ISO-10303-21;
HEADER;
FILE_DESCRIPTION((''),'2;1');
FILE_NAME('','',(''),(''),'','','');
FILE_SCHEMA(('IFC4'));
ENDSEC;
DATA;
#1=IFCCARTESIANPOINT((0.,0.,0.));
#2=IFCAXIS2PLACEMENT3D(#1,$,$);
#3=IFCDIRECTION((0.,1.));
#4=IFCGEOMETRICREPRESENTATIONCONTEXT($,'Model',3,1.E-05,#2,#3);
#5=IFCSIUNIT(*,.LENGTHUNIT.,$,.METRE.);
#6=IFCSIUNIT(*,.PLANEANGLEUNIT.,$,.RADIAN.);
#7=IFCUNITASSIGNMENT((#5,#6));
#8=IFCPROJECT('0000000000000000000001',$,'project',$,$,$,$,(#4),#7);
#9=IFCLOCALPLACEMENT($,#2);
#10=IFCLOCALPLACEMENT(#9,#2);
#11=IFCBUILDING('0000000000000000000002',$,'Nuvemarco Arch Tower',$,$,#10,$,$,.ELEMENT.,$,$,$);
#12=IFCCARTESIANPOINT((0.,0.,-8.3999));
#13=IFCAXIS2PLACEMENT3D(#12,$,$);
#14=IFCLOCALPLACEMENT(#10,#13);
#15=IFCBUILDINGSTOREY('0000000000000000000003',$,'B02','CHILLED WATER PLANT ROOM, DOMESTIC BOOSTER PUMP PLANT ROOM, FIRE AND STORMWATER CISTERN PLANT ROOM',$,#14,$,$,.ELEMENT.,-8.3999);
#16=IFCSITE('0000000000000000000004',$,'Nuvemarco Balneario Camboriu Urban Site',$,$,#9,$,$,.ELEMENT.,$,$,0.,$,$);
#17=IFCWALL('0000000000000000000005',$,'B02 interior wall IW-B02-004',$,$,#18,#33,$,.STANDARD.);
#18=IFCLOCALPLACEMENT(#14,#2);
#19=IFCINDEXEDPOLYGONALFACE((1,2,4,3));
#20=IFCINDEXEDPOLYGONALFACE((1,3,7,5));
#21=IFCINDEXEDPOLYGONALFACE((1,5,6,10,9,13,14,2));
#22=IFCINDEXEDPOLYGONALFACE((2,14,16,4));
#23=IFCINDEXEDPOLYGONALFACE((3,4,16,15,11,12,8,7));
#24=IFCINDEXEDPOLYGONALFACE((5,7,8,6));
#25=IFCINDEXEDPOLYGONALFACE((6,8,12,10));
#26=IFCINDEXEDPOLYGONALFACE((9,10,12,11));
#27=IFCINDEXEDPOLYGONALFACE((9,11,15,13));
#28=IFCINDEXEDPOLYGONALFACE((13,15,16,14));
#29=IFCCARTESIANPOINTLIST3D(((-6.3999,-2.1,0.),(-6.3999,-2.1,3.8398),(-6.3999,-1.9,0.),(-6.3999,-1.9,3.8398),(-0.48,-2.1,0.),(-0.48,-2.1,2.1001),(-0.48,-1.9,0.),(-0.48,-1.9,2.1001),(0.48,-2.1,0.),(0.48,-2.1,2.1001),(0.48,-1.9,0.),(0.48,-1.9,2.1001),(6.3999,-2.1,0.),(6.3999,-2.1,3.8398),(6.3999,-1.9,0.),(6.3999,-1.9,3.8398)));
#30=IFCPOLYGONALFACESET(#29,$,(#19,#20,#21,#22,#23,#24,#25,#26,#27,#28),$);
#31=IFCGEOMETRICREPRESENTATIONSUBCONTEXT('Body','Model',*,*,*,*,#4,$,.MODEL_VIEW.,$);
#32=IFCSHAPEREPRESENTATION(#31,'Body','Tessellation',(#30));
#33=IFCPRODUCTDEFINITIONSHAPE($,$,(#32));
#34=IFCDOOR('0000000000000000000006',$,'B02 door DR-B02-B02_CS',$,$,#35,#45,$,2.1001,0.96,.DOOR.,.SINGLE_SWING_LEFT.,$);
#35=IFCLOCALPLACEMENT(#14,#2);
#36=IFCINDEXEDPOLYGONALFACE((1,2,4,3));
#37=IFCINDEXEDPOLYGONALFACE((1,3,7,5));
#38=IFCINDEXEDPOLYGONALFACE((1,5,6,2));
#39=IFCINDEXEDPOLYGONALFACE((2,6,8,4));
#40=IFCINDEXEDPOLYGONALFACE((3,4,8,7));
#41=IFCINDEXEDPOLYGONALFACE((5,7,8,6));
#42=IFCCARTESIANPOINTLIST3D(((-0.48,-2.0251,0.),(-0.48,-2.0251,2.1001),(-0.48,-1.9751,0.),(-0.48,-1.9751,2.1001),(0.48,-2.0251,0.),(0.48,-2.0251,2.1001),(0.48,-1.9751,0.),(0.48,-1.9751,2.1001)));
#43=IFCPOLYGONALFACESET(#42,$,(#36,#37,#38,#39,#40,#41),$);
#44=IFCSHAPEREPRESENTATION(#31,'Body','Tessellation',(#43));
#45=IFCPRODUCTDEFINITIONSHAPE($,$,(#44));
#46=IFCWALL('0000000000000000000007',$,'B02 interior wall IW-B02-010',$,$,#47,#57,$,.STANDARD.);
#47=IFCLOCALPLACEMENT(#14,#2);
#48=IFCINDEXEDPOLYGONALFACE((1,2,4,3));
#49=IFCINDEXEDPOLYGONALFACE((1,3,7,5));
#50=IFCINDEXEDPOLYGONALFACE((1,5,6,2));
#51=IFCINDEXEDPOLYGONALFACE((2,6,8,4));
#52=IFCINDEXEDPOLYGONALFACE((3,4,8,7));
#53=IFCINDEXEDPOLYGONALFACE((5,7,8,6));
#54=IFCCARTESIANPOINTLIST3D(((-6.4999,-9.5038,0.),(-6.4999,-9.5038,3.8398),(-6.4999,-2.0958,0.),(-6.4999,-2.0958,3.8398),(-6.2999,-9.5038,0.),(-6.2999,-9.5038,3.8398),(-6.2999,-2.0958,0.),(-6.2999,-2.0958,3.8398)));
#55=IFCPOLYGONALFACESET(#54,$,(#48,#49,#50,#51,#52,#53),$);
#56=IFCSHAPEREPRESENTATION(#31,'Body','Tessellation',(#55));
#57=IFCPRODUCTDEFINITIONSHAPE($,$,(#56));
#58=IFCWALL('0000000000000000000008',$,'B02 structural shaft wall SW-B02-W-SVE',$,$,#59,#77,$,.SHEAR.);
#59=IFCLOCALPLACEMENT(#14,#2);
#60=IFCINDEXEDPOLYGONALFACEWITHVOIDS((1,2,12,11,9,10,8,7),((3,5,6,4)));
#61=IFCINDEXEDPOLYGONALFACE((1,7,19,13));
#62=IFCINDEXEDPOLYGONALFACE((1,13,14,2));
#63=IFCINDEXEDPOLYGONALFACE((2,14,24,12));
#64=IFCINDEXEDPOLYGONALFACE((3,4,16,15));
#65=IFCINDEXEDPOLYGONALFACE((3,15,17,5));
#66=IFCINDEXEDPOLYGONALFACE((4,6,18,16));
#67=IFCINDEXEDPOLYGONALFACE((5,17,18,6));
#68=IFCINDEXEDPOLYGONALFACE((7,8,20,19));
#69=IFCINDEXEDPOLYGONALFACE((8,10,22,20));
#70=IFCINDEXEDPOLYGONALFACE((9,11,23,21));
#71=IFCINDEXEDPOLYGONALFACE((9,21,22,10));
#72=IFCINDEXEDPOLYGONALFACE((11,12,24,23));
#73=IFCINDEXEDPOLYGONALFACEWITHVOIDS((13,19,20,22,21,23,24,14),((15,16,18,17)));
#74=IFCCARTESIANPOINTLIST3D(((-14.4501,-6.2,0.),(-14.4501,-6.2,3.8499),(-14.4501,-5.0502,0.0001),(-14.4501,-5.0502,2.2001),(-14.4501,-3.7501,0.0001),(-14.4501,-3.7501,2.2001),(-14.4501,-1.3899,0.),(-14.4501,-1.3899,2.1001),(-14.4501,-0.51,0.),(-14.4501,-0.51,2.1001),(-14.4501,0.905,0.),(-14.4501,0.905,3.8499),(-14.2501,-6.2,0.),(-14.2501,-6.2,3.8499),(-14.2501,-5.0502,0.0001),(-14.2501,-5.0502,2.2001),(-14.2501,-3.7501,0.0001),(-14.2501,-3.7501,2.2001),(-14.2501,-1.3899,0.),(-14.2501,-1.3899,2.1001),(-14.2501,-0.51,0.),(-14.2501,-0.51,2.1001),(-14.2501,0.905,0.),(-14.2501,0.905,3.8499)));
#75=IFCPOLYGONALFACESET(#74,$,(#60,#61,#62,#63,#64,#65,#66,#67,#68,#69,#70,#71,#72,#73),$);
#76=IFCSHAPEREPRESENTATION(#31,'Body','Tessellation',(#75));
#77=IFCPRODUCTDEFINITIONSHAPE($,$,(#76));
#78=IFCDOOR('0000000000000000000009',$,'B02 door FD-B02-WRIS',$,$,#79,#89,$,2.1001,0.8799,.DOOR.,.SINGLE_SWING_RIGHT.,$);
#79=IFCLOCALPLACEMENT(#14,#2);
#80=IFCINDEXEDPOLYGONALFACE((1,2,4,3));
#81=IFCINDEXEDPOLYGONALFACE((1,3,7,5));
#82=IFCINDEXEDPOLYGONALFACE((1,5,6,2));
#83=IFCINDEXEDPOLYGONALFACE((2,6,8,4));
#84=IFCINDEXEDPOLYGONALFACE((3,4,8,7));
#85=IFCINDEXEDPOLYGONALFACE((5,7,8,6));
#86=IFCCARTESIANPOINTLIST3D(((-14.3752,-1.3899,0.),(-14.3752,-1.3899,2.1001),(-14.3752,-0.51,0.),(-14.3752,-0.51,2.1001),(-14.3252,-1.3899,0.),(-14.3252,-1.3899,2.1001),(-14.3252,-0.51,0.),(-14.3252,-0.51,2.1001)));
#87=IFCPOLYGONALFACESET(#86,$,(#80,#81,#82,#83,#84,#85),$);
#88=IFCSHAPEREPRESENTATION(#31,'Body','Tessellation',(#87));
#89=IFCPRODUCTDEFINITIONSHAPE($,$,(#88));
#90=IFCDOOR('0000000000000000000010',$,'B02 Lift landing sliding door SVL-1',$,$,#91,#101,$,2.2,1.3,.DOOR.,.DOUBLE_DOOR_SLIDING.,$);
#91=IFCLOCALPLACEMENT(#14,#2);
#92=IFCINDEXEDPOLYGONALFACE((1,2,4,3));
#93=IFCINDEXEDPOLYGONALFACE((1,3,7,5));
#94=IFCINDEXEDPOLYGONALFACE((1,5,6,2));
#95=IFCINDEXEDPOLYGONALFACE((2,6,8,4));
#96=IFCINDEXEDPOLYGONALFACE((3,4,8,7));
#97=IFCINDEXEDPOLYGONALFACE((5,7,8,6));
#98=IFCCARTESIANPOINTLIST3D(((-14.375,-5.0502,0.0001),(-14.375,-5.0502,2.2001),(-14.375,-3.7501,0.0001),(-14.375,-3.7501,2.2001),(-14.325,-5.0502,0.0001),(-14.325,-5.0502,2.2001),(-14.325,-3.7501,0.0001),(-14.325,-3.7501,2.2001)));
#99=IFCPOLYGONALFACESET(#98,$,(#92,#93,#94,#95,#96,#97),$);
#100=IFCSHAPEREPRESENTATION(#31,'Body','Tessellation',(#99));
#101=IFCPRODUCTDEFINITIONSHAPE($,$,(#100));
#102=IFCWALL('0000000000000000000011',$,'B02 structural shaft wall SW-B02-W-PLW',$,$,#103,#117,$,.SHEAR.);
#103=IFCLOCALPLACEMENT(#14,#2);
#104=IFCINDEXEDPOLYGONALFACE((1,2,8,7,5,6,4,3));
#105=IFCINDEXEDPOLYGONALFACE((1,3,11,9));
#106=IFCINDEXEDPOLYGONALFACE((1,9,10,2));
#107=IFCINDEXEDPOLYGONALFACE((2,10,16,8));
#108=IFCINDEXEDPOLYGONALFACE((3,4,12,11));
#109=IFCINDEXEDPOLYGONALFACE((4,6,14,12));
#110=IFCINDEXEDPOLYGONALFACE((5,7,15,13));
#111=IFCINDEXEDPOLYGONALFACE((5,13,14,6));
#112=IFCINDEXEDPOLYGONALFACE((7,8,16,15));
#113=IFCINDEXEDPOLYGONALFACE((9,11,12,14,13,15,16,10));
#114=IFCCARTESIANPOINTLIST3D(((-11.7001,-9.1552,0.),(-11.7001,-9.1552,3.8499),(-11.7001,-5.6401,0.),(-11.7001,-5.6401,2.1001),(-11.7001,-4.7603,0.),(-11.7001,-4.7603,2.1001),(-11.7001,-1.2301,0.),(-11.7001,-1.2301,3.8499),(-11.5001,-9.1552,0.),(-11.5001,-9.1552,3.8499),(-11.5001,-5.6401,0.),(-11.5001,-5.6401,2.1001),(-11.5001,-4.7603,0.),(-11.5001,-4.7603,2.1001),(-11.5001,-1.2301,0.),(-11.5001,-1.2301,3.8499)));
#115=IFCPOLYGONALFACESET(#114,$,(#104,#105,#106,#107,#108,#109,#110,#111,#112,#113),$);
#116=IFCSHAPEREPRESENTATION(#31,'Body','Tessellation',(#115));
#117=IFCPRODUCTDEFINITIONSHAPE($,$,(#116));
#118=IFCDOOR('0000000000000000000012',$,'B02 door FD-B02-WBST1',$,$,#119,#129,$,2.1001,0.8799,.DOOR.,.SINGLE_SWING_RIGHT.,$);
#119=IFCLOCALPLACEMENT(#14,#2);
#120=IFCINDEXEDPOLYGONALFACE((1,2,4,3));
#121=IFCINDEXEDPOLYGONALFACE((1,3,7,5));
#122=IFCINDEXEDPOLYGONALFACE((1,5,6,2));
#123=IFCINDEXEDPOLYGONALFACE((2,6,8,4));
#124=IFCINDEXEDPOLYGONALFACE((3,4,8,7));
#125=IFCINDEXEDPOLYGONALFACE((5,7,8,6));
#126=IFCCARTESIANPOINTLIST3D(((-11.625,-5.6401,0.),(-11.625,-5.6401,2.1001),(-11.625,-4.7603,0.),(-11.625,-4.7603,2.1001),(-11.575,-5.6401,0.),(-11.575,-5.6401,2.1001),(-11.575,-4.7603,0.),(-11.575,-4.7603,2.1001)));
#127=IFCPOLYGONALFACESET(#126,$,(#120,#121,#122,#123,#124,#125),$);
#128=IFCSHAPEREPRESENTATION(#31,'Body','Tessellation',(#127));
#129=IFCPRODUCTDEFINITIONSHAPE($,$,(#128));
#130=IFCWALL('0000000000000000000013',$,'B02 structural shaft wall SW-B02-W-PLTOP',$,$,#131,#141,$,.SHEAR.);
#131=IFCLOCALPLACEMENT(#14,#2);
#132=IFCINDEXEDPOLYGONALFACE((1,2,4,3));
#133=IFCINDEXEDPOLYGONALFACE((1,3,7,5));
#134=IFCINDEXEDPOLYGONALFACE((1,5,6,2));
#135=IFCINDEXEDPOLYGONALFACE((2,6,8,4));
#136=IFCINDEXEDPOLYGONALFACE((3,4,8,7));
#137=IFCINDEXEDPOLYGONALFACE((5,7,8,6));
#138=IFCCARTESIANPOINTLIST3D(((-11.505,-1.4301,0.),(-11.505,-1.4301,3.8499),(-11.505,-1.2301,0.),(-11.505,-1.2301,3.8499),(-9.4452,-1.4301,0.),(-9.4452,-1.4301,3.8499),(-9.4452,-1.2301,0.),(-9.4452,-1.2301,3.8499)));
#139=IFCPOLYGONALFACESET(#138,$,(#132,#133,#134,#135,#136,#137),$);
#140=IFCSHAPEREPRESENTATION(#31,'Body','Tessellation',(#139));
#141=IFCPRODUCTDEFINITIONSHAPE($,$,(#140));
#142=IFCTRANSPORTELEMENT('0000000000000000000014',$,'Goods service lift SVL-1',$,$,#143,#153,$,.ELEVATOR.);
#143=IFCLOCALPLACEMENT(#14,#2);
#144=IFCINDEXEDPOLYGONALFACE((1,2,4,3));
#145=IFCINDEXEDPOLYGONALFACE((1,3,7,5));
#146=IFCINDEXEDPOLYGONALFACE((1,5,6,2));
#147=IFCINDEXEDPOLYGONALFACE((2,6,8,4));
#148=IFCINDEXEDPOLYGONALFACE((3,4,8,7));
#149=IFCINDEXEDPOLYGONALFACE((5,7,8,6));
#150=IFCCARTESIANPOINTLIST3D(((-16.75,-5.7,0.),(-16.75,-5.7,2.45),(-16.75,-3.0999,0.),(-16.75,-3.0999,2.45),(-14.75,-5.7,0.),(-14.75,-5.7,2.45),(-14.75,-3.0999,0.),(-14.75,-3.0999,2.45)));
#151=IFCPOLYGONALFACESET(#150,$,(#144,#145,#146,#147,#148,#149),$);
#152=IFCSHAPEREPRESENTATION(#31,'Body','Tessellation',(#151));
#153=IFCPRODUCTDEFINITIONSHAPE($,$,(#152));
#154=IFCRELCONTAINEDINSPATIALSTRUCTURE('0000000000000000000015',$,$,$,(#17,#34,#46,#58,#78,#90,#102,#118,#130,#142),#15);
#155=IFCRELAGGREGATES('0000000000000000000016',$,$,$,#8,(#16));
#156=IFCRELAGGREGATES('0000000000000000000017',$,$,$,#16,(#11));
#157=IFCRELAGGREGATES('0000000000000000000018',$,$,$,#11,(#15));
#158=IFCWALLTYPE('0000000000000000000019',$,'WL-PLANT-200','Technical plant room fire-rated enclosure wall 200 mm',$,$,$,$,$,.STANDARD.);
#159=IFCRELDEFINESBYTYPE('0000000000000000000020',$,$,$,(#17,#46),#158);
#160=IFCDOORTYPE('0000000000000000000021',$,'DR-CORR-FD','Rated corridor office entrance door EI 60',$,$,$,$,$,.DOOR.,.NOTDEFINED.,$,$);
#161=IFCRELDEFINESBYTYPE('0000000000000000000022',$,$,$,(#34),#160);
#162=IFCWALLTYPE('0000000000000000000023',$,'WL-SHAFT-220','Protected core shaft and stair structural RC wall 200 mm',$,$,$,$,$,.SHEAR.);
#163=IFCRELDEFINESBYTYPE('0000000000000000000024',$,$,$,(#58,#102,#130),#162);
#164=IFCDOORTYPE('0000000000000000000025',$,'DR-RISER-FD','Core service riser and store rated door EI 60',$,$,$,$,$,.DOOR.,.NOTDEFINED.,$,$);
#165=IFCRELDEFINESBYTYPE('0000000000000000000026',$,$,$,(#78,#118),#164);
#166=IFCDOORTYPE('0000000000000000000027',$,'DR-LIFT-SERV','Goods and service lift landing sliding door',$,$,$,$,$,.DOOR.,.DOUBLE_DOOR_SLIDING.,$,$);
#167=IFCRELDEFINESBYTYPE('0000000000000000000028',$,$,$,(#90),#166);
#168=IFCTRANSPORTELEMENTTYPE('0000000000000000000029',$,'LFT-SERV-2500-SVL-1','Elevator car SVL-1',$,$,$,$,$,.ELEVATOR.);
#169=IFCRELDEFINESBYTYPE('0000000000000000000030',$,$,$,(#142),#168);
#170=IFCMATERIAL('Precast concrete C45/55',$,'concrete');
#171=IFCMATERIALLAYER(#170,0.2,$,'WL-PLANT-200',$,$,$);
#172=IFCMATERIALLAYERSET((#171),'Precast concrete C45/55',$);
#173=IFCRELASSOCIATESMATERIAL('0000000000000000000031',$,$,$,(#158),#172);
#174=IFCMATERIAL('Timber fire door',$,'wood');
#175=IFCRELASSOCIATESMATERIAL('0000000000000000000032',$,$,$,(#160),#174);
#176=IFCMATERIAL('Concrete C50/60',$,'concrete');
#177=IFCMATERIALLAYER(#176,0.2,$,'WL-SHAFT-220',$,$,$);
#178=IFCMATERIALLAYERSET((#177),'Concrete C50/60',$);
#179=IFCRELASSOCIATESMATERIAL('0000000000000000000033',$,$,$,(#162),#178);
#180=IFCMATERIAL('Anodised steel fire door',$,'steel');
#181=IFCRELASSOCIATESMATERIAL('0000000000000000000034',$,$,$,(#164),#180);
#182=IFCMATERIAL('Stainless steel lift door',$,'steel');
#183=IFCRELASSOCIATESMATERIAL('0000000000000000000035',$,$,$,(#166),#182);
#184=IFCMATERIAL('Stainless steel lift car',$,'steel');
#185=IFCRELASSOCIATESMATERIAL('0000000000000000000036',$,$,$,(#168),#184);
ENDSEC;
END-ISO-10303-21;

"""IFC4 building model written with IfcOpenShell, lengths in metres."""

from ifc_helpers import new_model, si_unit, direction, frame, frame_2d, origin, origin_2d, place, context, subcontext, project, spatial, rectangle, extrude, source, transform, mapped, material, layer, layer_set, type_object, type_shapes, element, fill, save


model = new_model("IFC4")

# Units and contexts
model_context = context("Model", 3, precision=1e-05, world=origin(), true_north=direction((0.0, 1.0)))
body_context = subcontext(model_context, "Body", "Model", "MODEL_VIEW")
ifc_project = project(units=[si_unit("LENGTHUNIT", "METRE"), si_unit("PLANEANGLEUNIT", "RADIAN")], contexts=[model_context])

# Site, building, storey
site_placement = place(None, origin())
site = spatial("IfcSite", under=ifc_project, at=site_placement, Name="Nuvemarco Balneario Camboriu Urban Site", CompositionType="ELEMENT", RefElevation=0.0)
building_placement = place(site_placement, origin())
building = spatial("IfcBuilding", under=site, at=building_placement, Name="Nuvemarco Arch Tower", CompositionType="ELEMENT")
storey_placement = place(building_placement, frame((0.0, 0.0, -8.3999)))
storey = spatial("IfcBuildingStorey", under=building, at=storey_placement, Name="B02", Description="CHILLED WATER PLANT ROOM, DOMESTIC BOOSTER PUMP PLANT ROOM, FIRE AND STORMWATER CISTERN PLANT ROOM", CompositionType="ELEMENT", Elevation=-8.3999)

# Shared definitions
ifc_material_1 = material(Name="Concrete C50/60", Category="concrete")

# Wall, opening, door
ifc_material_2 = material(Name="Anodised steel fire door", Category="steel")
ifc_material_3 = material(Name="Precast concrete C45/55", Category="concrete")
ifc_layer_1 = layer(ifc_material_3, 0.2, Name="WL-PLANT-200")
ifc_layer_set_1 = layer_set([ifc_layer_1], Name="Precast concrete C45/55")
wall_type_1 = type_object("IfcWallType", Name="WL-PLANT-200", Description="Technical plant room fire-rated enclosure wall 200 mm", PredefinedType="STANDARD", material=ifc_layer_set_1)
wall_1_placement = place(storey_placement, frame((-6.3999, -2.0, 0.0), z_axis=(0.0, 0.0, 1.0), x_axis=(1.0, 0.0, 0.0)))
wall_1 = element("IfcWall", 1, at=wall_1_placement, inside=storey, type_object=wall_type_1, Name="B02 interior wall IW-B02-004", PredefinedType="STANDARD", context=body_context, shape_type="SweptSolid", body=[
    extrude(rectangle(XDim=12.7998, YDim=0.2, at=frame_2d((6.3999, 0.0))), origin(), (0.0, 0.0, 1.0), 3.8398),
])
opening_1_placement = place(wall_1_placement, frame((5.9199, 0.0, 0.0)))
opening_1 = element("IfcOpeningElement", 2, at=opening_1_placement, cuts=wall_1, PredefinedType="OPENING", context=body_context, shape_type="SweptSolid", body=[
    extrude(rectangle(XDim=0.96, YDim=2.1001, at=frame_2d((0.48, 1.05))), frame((0.0, 0.1099, 0.0), z_axis=(0.0, -1.0, 0.0), x_axis=(1.0, 0.0, 0.0)), (0.0, 0.0, 1.0), 0.22),
])
ifc_material_4 = material(Name="Timber fire door", Category="wood")
door_type_1 = type_object("IfcDoorType", Name="DR-CORR-FD", Description="Rated corridor office entrance door EI 60", OperationType="NOTDEFINED", PredefinedType="DOOR", material=ifc_material_4)
shared_shape_1 = source(origin(), body_context, "Body", "SweptSolid", [
    extrude(rectangle(XDim=0.96, YDim=2.1001, at=frame_2d((0.48, 1.05))), frame((0.0, 0.0249, 0.0), z_axis=(0.0, -1.0, 0.0), x_axis=(1.0, 0.0, 0.0)), (0.0, 0.0, 1.0), 0.05),
])
type_shapes(door_type_1, [shared_shape_1])
door_1_placement = place(opening_1_placement, origin())
door_1 = element("IfcDoor", 3, at=door_1_placement, inside=storey, type_object=door_type_1, Name="B02 door DR-B02-B02_CS", OperationType="SINGLE_SWING_LEFT", OverallHeight=2.1001, OverallWidth=0.96, PredefinedType="DOOR", context=body_context, shape_type="MappedRepresentation", body=[
    mapped(shared_shape_1, transform((0.0, 0.0, 0.0), scale=1.0)),
])
fill(opening_1, door_1)

# Wall
wall_2_placement = place(storey_placement, frame((-6.3999, -9.5039, 0.0), z_axis=(0.0, 0.0, 1.0), x_axis=(0.0, 1.0, 0.0)))
element("IfcWall", 4, at=wall_2_placement, inside=storey, type_object=wall_type_1, Name="B02 interior wall IW-B02-010", PredefinedType="STANDARD", context=body_context, shape_type="SweptSolid", body=[
    extrude(rectangle(XDim=7.408, YDim=0.2, at=frame_2d((3.7041, 0.0))), origin(), (0.0, 0.0, 1.0), 3.8398),
])

# Shared definitions
ifc_layer_2 = layer(ifc_material_1, 0.2, Name="WL-SHAFT-220")
ifc_layer_set_2 = layer_set([ifc_layer_2], Name="Concrete C50/60")
wall_type_2 = type_object("IfcWallType", Name="WL-SHAFT-220", Description="Protected core shaft and stair structural RC wall 200 mm", PredefinedType="SHEAR", material=ifc_layer_set_2)
ifc_material_5 = material(Name="Stainless steel lift door", Category="steel")

# Wall, openings, doors
wall_3_placement = place(storey_placement, frame((-14.3501, -6.2, 0.0), z_axis=(0.0, 0.0, 1.0), x_axis=(0.0, 1.0, 0.0)))
wall_3 = element("IfcWall", 5, at=wall_3_placement, inside=storey, type_object=wall_type_2, Name="B02 structural shaft wall SW-B02-W-SVE", PredefinedType="SHEAR", context=body_context, shape_type="SweptSolid", body=[
    extrude(rectangle(XDim=7.105, YDim=0.2, at=frame_2d((3.5525, 0.0))), origin(), (0.0, 0.0, 1.0), 3.8499),
])
opening_2_placement = place(wall_3_placement, frame((5.6899, 0.0, 0.0), z_axis=(0.0, 0.0, 1.0), x_axis=(-1.0, 0.0, 0.0)))
opening_2 = element("IfcOpeningElement", 6, at=opening_2_placement, cuts=wall_3, PredefinedType="OPENING", context=body_context, shape_type="SweptSolid", body=[
    extrude(rectangle(XDim=0.8799, YDim=2.1001, at=frame_2d((0.4399, 1.05))), frame((0.0, 0.1099, 0.0), z_axis=(0.0, -1.0, 0.0), x_axis=(1.0, 0.0, 0.0)), (0.0, 0.0, 1.0), 0.22),
])
opening_3_placement = place(wall_3_placement, frame((1.1499, 0.0, 0.0)))
opening_3 = element("IfcOpeningElement", 7, at=opening_3_placement, cuts=wall_3, PredefinedType="OPENING", context=body_context, shape_type="SweptSolid", body=[
    extrude(rectangle(XDim=1.3, YDim=2.2, at=frame_2d((0.6499, 1.1001))), frame((0.0, 0.1099, 0.0), z_axis=(0.0, -1.0, 0.0), x_axis=(1.0, 0.0, 0.0)), (0.0, 0.0, 1.0), 0.22),
])
door_type_2 = type_object("IfcDoorType", Name="DR-RISER-FD", Description="Core service riser and store rated door EI 60", OperationType="NOTDEFINED", PredefinedType="DOOR", material=ifc_material_2)
shared_shape_2 = source(origin(), body_context, "Body", "SweptSolid", [
    extrude(rectangle(XDim=0.8799, YDim=2.1001, at=frame_2d((0.4399, 1.05))), frame((0.0, 0.0249, 0.0), z_axis=(0.0, -1.0, 0.0), x_axis=(1.0, 0.0, 0.0)), (0.0, 0.0, 1.0), 0.05),
])
type_shapes(door_type_2, [shared_shape_2])
door_2_placement = place(opening_2_placement, origin())
door_2 = element("IfcDoor", 8, at=door_2_placement, inside=storey, type_object=door_type_2, Name="B02 door FD-B02-WRIS", OperationType="SINGLE_SWING_RIGHT", OverallHeight=2.1001, OverallWidth=0.8799, PredefinedType="DOOR", context=body_context, shape_type="MappedRepresentation", body=[
    mapped(shared_shape_2, transform((0.0, 0.0, 0.0), scale=1.0)),
])
fill(opening_2, door_2)
door_type_3 = type_object("IfcDoorType", Name="DR-LIFT-SERV", Description="Goods and service lift landing sliding door", OperationType="DOUBLE_DOOR_SLIDING", PredefinedType="DOOR", material=ifc_material_5)
shared_shape_3 = source(origin(), body_context, "Body", "SweptSolid", [
    extrude(rectangle(XDim=1.3, YDim=2.2, at=frame_2d((0.6499, 1.1001))), frame((0.0, 0.0249, 0.0), z_axis=(0.0, -1.0, 0.0), x_axis=(1.0, 0.0, 0.0)), (0.0, 0.0, 1.0), 0.05),
])
type_shapes(door_type_3, [shared_shape_3])
door_3_placement = place(opening_3_placement, origin())
door_3 = element("IfcDoor", 9, at=door_3_placement, inside=storey, type_object=door_type_3, Name="B02 Lift landing sliding door SVL-1", OperationType="DOUBLE_DOOR_SLIDING", OverallHeight=2.2, OverallWidth=1.3, PredefinedType="DOOR", context=body_context, shape_type="MappedRepresentation", body=[
    mapped(shared_shape_3, transform((0.0, 0.0, 0.0), scale=1.0)),
])
fill(opening_3, door_3)

# Wall, opening, door
wall_4_placement = place(storey_placement, frame((-11.6001, -9.155, 0.0), z_axis=(0.0, 0.0, 1.0), x_axis=(0.0, 1.0, 0.0)))
wall_4 = element("IfcWall", 10, at=wall_4_placement, inside=storey, type_object=wall_type_2, Name="B02 structural shaft wall SW-B02-W-PLW", PredefinedType="SHEAR", context=body_context, shape_type="SweptSolid", body=[
    extrude(rectangle(XDim=7.925, YDim=0.2, at=frame_2d((3.9624, 0.0))), origin(), (0.0, 0.0, 1.0), 3.8499),
])
opening_4_placement = place(wall_4_placement, frame((3.5149, 0.0, 0.0)))
opening_4 = element("IfcOpeningElement", 11, at=opening_4_placement, cuts=wall_4, PredefinedType="OPENING", context=body_context, shape_type="SweptSolid", body=[
    extrude(rectangle(XDim=0.8799, YDim=2.1001, at=frame_2d((0.4399, 1.05))), frame((0.0, 0.1099, 0.0), z_axis=(0.0, -1.0, 0.0), x_axis=(1.0, 0.0, 0.0)), (0.0, 0.0, 1.0), 0.22),
])
door_4_placement = place(opening_4_placement, origin())
door_4 = element("IfcDoor", 12, at=door_4_placement, inside=storey, type_object=door_type_2, Name="B02 door FD-B02-WBST1", OperationType="SINGLE_SWING_RIGHT", OverallHeight=2.1001, OverallWidth=0.8799, PredefinedType="DOOR", context=body_context, shape_type="MappedRepresentation", body=[
    mapped(shared_shape_2, transform((0.0, 0.0, 0.0), scale=1.0)),
])
fill(opening_4, door_4)

# Wall
wall_5_placement = place(storey_placement, frame((-11.5049, -1.3301, 0.0), z_axis=(0.0, 0.0, 1.0), x_axis=(1.0, 0.0, 0.0)))
element("IfcWall", 13, at=wall_5_placement, inside=storey, type_object=wall_type_2, Name="B02 structural shaft wall SW-B02-W-PLTOP", PredefinedType="SHEAR", context=body_context, shape_type="SweptSolid", body=[
    extrude(rectangle(XDim=2.0598, YDim=0.2, at=frame_2d((1.0298, 0.0))), origin(), (0.0, 0.0, 1.0), 3.8499),
])

# Transport element
ifc_material_6 = material(Name="Stainless steel lift car", Category="steel")
transport_element_type = type_object("IfcTransportElementType", Name="LFT-SERV-2500-SVL-1", Description="Elevator car SVL-1", PredefinedType="ELEVATOR", material=ifc_material_6)
shared_shape_4 = source(origin(), body_context, "Body", "SweptSolid", [
    extrude(rectangle(XDim=2.0, YDim=2.6001, at=origin_2d()), origin(), (0.0, 0.0, 1.0), 2.45),
])
type_shapes(transport_element_type, [shared_shape_4])
transport_element_placement = place(storey_placement, frame((-15.75, -4.3999, 0.0), z_axis=(0.0, 0.0, 1.0), x_axis=(1.0, 0.0, 0.0)))
element("IfcTransportElement", 14, at=transport_element_placement, inside=storey, type_object=transport_element_type, Name="Goods service lift SVL-1", PredefinedType="ELEVATOR", context=body_context, shape_type="MappedRepresentation", body=[
    mapped(shared_shape_4, transform((0.0, 0.0, 0.0), scale=1.0)),
])

save(model, "model.ifc")
